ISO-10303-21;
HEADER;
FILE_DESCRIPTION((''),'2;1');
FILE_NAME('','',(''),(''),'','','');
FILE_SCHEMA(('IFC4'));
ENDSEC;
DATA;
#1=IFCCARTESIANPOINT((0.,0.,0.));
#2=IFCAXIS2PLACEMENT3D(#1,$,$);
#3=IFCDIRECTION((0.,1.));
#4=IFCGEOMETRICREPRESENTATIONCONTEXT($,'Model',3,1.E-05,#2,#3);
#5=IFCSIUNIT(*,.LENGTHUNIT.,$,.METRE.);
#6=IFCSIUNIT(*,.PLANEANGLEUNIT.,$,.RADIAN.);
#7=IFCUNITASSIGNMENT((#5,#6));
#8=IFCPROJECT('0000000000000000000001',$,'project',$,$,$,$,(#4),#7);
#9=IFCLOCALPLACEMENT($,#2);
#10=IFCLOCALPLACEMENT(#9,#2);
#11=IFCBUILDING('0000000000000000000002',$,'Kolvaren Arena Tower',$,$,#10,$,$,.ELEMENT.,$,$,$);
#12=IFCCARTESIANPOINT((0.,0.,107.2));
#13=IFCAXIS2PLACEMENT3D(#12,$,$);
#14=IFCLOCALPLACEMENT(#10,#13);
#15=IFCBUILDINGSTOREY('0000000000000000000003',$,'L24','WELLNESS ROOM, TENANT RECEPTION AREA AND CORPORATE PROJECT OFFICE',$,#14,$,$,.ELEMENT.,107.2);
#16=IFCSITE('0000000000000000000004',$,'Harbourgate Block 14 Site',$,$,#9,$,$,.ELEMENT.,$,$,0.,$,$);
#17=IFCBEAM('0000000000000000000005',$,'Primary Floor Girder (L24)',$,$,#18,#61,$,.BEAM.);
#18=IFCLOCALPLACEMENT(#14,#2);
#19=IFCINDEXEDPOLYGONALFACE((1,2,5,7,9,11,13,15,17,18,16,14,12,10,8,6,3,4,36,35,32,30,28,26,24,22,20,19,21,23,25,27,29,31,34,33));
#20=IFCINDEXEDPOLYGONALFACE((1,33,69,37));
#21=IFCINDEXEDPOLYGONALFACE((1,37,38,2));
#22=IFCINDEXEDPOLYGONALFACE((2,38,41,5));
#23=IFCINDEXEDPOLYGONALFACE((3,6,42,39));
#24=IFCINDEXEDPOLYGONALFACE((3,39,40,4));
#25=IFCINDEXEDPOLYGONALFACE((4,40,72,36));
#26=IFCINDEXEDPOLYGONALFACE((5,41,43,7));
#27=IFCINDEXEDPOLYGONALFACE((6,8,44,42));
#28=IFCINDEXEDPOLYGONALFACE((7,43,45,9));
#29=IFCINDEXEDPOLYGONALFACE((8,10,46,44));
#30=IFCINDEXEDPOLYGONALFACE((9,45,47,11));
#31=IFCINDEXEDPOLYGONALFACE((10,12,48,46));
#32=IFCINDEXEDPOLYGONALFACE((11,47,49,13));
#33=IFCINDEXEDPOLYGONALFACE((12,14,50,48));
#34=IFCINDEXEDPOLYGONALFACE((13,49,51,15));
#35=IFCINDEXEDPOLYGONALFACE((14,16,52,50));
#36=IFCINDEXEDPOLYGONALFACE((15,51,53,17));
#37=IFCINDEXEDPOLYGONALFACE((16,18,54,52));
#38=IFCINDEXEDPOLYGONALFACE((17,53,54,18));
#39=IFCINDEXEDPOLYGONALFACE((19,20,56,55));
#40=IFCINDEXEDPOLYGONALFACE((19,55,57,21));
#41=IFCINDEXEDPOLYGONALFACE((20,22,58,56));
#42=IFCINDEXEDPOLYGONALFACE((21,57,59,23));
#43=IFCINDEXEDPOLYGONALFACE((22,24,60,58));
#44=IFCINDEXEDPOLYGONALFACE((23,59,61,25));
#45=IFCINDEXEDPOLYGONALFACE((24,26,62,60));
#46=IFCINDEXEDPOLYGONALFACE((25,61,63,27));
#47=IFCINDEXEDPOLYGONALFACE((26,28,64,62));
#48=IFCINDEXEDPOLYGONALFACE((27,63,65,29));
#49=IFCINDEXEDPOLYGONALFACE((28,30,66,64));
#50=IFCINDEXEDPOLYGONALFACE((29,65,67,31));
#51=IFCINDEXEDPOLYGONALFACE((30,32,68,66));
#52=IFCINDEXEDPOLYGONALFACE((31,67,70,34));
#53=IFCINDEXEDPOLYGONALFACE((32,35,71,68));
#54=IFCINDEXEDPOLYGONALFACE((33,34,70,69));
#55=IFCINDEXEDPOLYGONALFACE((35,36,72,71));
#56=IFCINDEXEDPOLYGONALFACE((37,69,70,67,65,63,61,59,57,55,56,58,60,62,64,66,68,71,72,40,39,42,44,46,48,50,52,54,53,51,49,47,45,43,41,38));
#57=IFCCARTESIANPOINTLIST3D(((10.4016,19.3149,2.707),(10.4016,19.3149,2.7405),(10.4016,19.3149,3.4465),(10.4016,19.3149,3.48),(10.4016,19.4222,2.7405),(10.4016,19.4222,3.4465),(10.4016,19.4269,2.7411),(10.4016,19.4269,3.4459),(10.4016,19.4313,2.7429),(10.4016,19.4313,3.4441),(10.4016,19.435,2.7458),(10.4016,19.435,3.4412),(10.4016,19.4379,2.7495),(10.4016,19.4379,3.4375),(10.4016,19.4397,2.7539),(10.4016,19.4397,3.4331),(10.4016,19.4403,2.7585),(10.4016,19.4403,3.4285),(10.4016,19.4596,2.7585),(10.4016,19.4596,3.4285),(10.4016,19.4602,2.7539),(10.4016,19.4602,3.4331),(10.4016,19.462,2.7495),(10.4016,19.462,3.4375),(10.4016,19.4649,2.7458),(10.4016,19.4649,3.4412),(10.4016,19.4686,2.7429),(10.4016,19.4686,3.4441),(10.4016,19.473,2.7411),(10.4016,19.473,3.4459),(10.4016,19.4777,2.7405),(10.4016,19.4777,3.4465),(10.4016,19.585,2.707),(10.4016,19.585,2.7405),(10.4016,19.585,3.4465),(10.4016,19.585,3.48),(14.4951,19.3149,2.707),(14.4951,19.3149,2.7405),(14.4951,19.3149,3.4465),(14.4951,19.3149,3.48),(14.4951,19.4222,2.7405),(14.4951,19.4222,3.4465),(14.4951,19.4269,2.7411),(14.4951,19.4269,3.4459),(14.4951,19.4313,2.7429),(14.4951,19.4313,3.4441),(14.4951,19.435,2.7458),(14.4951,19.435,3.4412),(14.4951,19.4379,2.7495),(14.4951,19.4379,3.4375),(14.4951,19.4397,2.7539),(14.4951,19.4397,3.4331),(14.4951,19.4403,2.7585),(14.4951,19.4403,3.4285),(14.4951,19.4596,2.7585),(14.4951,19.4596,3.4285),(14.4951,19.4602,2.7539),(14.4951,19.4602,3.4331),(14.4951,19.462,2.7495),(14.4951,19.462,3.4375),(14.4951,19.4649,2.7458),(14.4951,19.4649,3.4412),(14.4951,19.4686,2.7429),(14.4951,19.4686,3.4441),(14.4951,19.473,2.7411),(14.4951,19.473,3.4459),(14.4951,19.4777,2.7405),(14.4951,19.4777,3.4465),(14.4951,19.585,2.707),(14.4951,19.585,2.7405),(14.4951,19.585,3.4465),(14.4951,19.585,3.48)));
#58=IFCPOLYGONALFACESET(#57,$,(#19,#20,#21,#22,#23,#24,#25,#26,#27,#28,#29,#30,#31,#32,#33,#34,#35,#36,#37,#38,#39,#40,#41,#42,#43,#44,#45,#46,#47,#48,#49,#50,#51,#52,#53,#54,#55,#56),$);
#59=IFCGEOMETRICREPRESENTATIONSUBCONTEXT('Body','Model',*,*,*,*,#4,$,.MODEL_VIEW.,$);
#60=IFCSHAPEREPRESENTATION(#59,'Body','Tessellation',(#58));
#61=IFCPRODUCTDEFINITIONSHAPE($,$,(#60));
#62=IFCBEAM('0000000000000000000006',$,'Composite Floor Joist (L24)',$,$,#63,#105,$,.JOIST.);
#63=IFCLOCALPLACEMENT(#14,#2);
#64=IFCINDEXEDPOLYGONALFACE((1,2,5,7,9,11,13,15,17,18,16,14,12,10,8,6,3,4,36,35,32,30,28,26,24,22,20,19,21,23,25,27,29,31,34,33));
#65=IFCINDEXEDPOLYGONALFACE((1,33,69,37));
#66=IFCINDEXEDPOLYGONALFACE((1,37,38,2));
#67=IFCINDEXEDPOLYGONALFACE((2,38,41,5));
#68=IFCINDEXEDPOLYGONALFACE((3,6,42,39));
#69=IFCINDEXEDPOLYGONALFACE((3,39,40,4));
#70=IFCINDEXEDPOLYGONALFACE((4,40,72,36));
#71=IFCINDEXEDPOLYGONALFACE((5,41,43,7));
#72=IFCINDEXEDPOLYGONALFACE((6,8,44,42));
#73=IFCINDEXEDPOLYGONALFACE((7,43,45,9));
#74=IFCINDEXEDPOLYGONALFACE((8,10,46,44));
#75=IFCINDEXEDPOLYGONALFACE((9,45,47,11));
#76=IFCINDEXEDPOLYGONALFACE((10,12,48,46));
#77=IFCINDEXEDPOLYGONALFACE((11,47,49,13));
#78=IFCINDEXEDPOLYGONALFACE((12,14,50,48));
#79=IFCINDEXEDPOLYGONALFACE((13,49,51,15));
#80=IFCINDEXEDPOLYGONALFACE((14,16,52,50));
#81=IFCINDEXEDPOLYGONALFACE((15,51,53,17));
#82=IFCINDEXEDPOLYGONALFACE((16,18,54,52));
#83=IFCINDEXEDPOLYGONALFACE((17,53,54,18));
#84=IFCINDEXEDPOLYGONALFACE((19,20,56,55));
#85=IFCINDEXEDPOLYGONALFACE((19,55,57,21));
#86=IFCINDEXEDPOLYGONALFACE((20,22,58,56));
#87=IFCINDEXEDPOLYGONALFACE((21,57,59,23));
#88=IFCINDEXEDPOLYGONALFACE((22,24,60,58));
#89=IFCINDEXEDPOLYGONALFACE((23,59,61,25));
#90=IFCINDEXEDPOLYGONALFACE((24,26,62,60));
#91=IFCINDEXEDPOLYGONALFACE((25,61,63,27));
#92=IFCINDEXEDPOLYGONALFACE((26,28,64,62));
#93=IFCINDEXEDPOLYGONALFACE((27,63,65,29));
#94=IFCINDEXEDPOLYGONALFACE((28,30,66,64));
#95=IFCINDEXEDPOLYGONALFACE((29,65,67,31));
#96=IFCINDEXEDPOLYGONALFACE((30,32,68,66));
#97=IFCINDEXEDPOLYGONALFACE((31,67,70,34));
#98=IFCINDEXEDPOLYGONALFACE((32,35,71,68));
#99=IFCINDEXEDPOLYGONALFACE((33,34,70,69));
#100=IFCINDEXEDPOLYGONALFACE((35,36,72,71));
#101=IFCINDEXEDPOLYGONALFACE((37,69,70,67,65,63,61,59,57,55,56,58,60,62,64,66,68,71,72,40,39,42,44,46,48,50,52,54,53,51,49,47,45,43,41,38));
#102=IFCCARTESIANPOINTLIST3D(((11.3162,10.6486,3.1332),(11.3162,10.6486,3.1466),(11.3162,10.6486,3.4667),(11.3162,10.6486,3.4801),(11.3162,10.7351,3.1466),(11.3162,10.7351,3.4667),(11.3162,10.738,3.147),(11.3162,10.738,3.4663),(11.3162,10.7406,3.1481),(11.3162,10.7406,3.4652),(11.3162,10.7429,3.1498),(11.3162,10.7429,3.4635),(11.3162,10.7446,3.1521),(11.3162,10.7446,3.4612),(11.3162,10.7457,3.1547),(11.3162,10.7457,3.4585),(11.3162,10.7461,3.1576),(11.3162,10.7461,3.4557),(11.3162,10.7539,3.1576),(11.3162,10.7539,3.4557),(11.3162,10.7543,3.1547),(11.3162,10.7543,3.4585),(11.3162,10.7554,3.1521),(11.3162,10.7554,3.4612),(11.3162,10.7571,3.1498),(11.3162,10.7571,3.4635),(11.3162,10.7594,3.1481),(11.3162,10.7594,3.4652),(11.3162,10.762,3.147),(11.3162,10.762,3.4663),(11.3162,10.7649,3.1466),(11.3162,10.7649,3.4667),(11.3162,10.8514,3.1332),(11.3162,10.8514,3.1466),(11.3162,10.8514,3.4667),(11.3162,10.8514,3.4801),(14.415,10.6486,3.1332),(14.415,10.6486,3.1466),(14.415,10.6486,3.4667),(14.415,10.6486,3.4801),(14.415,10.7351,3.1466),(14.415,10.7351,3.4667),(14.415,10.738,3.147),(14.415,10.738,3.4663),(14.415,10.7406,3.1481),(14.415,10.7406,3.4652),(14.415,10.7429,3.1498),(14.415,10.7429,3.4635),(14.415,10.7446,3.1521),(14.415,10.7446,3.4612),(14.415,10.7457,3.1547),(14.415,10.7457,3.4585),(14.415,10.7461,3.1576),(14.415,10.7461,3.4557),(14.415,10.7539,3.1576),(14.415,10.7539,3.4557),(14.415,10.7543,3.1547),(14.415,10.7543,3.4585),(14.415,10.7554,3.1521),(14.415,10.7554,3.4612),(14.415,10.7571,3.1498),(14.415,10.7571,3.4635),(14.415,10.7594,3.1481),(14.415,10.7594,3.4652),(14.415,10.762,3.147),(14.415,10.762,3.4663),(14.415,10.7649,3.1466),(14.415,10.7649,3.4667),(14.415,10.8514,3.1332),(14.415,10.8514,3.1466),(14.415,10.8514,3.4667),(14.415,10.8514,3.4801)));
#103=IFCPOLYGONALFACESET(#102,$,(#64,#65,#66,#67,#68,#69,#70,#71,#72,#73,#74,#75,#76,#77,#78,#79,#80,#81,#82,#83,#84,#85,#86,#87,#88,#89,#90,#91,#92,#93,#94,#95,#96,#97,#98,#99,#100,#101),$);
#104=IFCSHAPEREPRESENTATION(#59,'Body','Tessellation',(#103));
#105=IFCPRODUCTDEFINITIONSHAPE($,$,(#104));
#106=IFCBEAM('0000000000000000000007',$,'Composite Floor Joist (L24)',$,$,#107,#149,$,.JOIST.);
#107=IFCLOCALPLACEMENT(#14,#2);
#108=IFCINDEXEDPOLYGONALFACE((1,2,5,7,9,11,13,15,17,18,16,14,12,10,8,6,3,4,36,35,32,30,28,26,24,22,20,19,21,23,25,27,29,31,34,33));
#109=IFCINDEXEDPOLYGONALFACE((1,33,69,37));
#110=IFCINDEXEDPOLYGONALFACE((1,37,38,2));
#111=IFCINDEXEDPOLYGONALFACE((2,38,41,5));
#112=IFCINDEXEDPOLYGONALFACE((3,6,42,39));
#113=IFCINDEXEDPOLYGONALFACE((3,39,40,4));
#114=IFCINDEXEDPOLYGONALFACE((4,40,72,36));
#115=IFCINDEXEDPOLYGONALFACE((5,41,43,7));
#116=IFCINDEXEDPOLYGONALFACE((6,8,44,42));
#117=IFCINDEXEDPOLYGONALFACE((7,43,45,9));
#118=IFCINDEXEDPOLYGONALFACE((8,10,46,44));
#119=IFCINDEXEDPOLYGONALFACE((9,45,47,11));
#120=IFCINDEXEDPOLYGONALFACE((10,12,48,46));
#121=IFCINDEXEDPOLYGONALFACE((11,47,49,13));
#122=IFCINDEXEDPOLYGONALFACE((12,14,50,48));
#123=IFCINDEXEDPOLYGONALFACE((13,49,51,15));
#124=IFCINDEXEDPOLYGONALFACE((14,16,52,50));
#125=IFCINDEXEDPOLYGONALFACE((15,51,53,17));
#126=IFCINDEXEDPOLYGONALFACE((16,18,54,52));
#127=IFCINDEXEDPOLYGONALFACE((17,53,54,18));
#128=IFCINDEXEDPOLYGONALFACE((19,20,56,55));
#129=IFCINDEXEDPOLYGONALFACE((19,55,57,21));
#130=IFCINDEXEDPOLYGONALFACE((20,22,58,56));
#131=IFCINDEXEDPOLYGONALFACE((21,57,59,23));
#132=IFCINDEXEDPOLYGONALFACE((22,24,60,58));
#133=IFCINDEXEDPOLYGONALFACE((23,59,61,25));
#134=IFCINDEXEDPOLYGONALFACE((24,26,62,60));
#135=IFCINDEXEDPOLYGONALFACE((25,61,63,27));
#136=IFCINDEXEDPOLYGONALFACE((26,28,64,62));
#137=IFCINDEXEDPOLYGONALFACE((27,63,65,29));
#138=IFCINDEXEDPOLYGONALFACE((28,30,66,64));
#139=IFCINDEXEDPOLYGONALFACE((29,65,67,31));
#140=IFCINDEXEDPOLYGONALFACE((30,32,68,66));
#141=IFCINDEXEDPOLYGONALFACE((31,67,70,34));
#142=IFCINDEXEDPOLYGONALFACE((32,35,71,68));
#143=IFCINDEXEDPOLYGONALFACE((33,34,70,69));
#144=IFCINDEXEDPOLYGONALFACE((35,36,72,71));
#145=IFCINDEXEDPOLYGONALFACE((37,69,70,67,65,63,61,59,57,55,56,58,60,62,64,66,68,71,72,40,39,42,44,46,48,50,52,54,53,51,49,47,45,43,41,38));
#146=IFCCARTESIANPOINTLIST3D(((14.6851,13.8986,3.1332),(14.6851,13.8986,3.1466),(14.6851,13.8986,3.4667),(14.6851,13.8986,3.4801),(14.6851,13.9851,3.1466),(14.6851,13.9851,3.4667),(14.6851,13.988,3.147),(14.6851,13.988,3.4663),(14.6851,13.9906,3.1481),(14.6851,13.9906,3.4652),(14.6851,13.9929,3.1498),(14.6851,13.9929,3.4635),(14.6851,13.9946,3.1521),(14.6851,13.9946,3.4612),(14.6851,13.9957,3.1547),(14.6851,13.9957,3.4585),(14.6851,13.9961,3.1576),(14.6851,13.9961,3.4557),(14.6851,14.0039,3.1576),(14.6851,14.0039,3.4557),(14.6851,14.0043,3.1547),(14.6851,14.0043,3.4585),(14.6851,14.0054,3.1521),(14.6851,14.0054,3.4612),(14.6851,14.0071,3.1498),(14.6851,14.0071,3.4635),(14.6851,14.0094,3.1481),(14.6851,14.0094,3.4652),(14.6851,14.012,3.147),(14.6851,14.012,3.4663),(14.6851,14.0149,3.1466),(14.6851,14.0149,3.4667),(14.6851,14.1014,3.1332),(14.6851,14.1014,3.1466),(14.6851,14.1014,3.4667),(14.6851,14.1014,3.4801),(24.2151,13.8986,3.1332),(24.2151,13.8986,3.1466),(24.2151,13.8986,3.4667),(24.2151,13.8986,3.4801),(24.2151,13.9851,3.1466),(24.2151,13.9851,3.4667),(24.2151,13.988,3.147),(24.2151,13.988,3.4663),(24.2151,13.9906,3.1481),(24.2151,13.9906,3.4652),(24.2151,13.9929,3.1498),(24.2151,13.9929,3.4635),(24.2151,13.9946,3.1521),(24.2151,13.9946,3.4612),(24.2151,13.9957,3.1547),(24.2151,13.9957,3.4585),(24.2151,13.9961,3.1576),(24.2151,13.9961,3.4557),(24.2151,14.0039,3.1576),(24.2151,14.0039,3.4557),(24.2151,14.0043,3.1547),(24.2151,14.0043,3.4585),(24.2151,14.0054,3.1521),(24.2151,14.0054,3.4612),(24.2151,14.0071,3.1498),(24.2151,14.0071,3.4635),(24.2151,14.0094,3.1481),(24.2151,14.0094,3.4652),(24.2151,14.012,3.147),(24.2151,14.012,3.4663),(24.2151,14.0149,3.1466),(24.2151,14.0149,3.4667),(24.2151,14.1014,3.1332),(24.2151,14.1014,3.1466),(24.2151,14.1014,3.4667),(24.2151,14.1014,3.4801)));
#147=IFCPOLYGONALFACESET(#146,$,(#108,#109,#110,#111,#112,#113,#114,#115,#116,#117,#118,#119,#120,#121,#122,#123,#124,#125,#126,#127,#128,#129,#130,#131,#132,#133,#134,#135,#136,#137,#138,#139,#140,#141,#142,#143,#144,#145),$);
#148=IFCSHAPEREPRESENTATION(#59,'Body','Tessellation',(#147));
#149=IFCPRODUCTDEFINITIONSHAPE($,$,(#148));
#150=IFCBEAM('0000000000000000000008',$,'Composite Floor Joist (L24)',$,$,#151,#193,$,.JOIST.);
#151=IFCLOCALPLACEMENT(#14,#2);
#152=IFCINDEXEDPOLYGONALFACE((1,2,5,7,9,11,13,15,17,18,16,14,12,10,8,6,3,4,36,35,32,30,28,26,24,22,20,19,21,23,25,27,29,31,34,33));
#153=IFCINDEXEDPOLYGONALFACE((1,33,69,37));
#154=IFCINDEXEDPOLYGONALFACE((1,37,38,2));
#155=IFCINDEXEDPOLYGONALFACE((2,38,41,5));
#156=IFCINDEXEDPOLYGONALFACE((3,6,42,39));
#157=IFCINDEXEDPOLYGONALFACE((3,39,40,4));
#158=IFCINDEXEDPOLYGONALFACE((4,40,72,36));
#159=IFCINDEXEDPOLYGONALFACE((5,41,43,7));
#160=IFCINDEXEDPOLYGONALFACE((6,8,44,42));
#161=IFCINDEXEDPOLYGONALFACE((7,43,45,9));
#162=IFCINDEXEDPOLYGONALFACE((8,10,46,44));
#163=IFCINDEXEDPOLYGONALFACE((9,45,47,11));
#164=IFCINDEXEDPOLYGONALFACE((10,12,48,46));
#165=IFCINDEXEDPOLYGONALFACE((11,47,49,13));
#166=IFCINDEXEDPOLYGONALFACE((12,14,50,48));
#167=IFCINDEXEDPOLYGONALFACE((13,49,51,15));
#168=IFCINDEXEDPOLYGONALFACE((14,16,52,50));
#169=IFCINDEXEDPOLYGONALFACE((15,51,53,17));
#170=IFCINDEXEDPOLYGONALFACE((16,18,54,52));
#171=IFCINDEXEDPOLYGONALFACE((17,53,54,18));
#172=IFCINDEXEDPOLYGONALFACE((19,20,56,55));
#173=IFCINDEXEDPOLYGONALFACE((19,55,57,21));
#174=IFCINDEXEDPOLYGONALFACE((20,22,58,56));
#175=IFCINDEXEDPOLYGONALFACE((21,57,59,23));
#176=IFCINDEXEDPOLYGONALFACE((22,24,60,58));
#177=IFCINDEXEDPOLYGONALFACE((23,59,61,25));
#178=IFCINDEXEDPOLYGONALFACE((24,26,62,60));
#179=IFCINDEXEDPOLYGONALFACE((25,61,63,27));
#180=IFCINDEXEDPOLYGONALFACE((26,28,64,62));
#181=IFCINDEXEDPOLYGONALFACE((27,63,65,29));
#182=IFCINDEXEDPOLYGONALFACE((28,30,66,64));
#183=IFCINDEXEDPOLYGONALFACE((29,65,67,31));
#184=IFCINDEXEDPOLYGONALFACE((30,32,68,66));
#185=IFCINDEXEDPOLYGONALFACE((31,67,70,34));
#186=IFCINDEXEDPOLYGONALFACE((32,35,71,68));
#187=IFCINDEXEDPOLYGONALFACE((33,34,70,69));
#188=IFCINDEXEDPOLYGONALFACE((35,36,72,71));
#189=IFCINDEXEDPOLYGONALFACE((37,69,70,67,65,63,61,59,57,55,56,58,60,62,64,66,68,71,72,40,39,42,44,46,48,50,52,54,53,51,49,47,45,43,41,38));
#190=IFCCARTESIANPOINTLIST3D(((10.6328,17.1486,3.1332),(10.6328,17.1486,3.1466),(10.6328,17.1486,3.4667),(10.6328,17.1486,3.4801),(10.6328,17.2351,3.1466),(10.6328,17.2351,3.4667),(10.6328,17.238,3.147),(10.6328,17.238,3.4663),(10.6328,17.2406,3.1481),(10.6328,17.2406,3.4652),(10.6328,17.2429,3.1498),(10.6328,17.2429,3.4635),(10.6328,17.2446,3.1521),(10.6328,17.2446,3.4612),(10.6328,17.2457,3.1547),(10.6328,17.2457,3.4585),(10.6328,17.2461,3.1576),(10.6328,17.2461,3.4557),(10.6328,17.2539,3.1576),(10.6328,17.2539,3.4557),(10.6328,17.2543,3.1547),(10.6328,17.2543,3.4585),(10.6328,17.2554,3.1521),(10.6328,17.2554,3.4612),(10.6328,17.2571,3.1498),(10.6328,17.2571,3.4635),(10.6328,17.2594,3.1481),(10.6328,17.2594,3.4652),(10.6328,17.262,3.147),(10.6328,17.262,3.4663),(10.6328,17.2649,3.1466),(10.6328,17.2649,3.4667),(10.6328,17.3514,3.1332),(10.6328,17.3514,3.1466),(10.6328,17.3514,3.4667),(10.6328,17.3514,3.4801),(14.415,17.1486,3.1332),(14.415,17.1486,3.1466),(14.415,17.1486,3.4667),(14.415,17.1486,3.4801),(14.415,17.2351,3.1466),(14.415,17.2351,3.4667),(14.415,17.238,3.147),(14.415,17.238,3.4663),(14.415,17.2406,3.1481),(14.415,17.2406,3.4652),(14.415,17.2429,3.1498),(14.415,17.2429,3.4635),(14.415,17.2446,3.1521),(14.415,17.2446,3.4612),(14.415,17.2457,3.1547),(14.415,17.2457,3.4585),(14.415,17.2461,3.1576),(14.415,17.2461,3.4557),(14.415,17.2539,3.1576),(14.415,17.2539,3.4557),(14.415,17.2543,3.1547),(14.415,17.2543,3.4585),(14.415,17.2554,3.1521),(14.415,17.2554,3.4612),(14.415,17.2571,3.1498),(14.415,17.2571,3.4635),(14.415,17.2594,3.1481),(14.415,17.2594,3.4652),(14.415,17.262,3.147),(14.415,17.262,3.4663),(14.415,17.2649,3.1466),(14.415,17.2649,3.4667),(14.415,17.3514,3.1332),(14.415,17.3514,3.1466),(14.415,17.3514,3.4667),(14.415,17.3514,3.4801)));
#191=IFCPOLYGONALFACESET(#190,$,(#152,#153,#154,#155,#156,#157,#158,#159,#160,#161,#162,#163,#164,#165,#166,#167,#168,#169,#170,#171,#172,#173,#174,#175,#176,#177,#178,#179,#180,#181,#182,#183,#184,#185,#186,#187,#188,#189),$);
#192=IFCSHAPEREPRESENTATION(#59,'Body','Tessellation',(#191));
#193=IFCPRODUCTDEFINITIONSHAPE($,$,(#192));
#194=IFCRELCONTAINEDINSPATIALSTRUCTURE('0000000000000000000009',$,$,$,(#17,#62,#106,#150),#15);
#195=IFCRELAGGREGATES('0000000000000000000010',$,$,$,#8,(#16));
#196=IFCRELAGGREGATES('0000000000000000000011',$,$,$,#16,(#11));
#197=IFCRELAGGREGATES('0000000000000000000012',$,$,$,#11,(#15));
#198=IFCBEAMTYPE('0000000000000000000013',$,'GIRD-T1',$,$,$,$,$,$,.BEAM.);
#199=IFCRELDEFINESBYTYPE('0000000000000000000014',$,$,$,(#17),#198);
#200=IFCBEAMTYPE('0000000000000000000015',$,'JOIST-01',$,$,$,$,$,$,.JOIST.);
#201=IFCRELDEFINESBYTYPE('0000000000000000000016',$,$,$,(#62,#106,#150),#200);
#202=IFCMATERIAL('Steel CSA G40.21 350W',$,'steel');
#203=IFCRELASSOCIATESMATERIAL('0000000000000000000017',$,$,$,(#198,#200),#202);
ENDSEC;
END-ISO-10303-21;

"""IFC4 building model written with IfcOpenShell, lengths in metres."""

from ifc_helpers import new_model, si_unit, direction, frame, origin, origin_2d, place, context, subcontext, project, spatial, i_section, extrude, material, material_profile, profile_set, type_object, element, save


model = new_model("IFC4")

# Units and contexts
model_context = context("Model", 3, precision=1e-05, world=origin(), true_north=direction((0.0, 1.0)))
body_context = subcontext(model_context, "Body", "Model", "MODEL_VIEW")
ifc_project = project(units=[si_unit("LENGTHUNIT", "METRE"), si_unit("PLANEANGLEUNIT", "RADIAN")], contexts=[model_context])

# Site, building, storey
site_placement = place(None, origin())
site = spatial("IfcSite", under=ifc_project, at=site_placement, Name="Harbourgate Block 14 Site", CompositionType="ELEMENT", RefElevation=0.0)
building_placement = place(site_placement, origin())
building = spatial("IfcBuilding", under=site, at=building_placement, Name="Kolvaren Arena Tower", CompositionType="ELEMENT")
storey_placement = place(building_placement, frame((0.0, 0.0, 107.2)))
storey = spatial("IfcBuildingStorey", under=building, at=storey_placement, Name="L24", Description="WELLNESS ROOM, TENANT RECEPTION AREA AND CORPORATE PROJECT OFFICE", CompositionType="ELEMENT", Elevation=107.2)

# Beams
ifc_material_1 = material(Name="Steel CSA G40.21 350W", Category="steel")
ifc_material_profile_1 = material_profile(ifc_material_1, i_section(OverallWidth=0.27, OverallDepth=0.7729, WebThickness=0.0193, FlangeThickness=0.0334, FilletRadius=0.0181, at=origin_2d()), Name="W760x257")
ifc_profile_set_1 = profile_set([ifc_material_profile_1], Name="Steel CSA G40.21 350W")
beam_type_1 = type_object("IfcBeamType", Name="GIRD-T1", PredefinedType="BEAM", material=ifc_profile_set_1)
beam_1_placement = place(storey_placement, frame((10.4016, 19.45, 3.0935), z_axis=(1.0, 0.0, 0.0), x_axis=(0.0, 1.0, 0.0)))
element("IfcBeam", 1, at=beam_1_placement, inside=storey, type_object=beam_type_1, Name="Primary Floor Girder (L24)", PredefinedType="BEAM", context=body_context, shape_type="SweptSolid", body=[
    extrude(i_section(OverallWidth=0.27, OverallDepth=0.7729, WebThickness=0.0193, FlangeThickness=0.0334, FilletRadius=0.0181, at=origin_2d()), origin(), (0.0, 0.0, 1.0), 4.0935),
])
ifc_material_profile_2 = material_profile(ifc_material_1, i_section(OverallWidth=0.2029, OverallDepth=0.3469, WebThickness=0.0078, FlangeThickness=0.0134, FilletRadius=0.011, at=origin_2d()), Name="W360x64")
ifc_profile_set_2 = profile_set([ifc_material_profile_2], Name="Steel CSA G40.21 350W")
beam_type_2 = type_object("IfcBeamType", Name="JOIST-01", PredefinedType="JOIST", material=ifc_profile_set_2)
beam_2_placement = place(storey_placement, frame((11.3162, 10.75, 3.3066), z_axis=(1.0, 0.0, 0.0), x_axis=(0.0, 1.0, 0.0)))
element("IfcBeam", 2, at=beam_2_placement, inside=storey, type_object=beam_type_2, Name="Composite Floor Joist (L24)", PredefinedType="JOIST", context=body_context, shape_type="SweptSolid", body=[
    extrude(i_section(OverallWidth=0.2029, OverallDepth=0.3469, WebThickness=0.0078, FlangeThickness=0.0134, FilletRadius=0.011, at=origin_2d()), origin(), (0.0, 0.0, 1.0), 3.0989),
])
beam_3_placement = place(storey_placement, frame((14.6851, 14.0, 3.3066), z_axis=(1.0, 0.0, 0.0), x_axis=(0.0, 1.0, 0.0)))
element("IfcBeam", 3, at=beam_3_placement, inside=storey, type_object=beam_type_2, Name="Composite Floor Joist (L24)", PredefinedType="JOIST", context=body_context, shape_type="SweptSolid", body=[
    extrude(i_section(OverallWidth=0.2029, OverallDepth=0.3469, WebThickness=0.0078, FlangeThickness=0.0134, FilletRadius=0.011, at=origin_2d()), origin(), (0.0, 0.0, 1.0), 9.53),
])
beam_4_placement = place(storey_placement, frame((10.6328, 17.25, 3.3066), z_axis=(1.0, 0.0, 0.0), x_axis=(0.0, 1.0, 0.0)))
element("IfcBeam", 4, at=beam_4_placement, inside=storey, type_object=beam_type_2, Name="Composite Floor Joist (L24)", PredefinedType="JOIST", context=body_context, shape_type="SweptSolid", body=[
    extrude(i_section(OverallWidth=0.2029, OverallDepth=0.3469, WebThickness=0.0078, FlangeThickness=0.0134, FilletRadius=0.011, at=origin_2d()), origin(), (0.0, 0.0, 1.0), 3.7822),
])

save(model, "model.ifc")
